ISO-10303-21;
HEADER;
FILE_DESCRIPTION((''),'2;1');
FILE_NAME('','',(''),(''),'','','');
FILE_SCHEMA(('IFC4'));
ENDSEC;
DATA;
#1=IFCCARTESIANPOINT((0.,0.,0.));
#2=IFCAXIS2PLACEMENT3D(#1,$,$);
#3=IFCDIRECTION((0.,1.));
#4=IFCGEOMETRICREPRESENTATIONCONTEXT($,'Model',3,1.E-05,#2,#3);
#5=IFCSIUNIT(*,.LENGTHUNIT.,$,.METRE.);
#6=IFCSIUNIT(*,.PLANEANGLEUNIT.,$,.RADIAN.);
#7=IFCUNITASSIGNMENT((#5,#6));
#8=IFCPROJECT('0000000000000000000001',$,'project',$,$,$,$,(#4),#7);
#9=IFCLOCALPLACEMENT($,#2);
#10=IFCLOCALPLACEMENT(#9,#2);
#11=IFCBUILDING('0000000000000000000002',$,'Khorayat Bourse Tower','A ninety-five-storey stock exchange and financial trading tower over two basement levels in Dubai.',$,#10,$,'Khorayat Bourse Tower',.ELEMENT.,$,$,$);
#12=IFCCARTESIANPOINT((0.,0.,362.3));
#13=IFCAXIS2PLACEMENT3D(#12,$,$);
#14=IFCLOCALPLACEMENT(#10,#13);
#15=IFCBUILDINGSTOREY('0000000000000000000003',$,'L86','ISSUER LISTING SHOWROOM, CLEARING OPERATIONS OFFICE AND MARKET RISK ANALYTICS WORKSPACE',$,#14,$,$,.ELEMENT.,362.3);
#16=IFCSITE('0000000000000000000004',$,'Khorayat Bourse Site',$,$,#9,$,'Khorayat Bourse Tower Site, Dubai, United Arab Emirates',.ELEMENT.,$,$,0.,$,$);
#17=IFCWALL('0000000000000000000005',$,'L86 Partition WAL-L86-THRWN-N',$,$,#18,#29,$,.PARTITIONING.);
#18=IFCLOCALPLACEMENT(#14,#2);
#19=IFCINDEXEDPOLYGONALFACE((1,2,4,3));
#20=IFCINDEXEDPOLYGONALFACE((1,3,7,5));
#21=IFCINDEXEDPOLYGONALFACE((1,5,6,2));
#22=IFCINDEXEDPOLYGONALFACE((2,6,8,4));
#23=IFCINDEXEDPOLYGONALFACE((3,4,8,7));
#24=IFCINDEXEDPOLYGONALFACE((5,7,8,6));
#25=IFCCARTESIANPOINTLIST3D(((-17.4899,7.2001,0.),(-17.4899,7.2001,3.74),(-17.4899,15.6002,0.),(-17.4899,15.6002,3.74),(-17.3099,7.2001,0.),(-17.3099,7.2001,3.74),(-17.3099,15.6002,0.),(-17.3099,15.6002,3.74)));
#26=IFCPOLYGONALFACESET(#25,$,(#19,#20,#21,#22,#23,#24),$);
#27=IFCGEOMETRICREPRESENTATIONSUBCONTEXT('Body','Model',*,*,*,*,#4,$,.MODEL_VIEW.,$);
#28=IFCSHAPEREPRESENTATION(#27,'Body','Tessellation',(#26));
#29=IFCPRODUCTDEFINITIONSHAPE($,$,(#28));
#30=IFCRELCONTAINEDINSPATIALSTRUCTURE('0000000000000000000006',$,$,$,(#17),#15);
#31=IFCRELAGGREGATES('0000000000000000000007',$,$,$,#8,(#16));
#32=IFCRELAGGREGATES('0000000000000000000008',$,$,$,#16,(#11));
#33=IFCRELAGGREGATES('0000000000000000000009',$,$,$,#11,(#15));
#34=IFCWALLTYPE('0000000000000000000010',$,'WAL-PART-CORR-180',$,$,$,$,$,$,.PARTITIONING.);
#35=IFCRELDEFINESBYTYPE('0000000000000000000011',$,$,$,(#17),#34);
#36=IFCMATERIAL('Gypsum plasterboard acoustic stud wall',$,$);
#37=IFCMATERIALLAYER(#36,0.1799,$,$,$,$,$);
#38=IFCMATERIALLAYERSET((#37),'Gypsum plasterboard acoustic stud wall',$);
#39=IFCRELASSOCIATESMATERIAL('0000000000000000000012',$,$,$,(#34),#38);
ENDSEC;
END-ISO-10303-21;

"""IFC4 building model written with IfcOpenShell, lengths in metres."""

from ifc_helpers import new_model, si_unit, direction, frame, frame_2d, origin, place, context, subcontext, project, spatial, rectangle, extrude, source, transform, mapped, material, layer, layer_set, type_object, element, save


model = new_model("IFC4")

# Units and contexts
model_context = context("Model", 3, precision=1e-05, world=origin(), true_north=direction((0.0, 1.0)))
body_context = subcontext(model_context, "Body", "Model", "MODEL_VIEW")
ifc_project = project(units=[si_unit("LENGTHUNIT", "METRE"), si_unit("PLANEANGLEUNIT", "RADIAN")], contexts=[model_context])

# Site, building, storey
site_placement = place(None, origin())
site = spatial("IfcSite", under=ifc_project, at=site_placement, Name="Khorayat Bourse Site", LongName="Khorayat Bourse Tower Site, Dubai, United Arab Emirates", CompositionType="ELEMENT", RefElevation=0.0)
building_placement = place(site_placement, origin())
building = spatial("IfcBuilding", under=site, at=building_placement, Name="Khorayat Bourse Tower", Description="A ninety-five-storey stock exchange and financial trading tower over two basement levels in Dubai.", LongName="Khorayat Bourse Tower", CompositionType="ELEMENT")
storey_placement = place(building_placement, frame((0.0, 0.0, 362.3)))
storey = spatial("IfcBuildingStorey", under=building, at=storey_placement, Name="L86", Description="ISSUER LISTING SHOWROOM, CLEARING OPERATIONS OFFICE AND MARKET RISK ANALYTICS WORKSPACE", CompositionType="ELEMENT", Elevation=362.3)

# Wall
ifc_material_1 = material(Name="Gypsum plasterboard acoustic stud wall")
ifc_layer_1 = layer(ifc_material_1, 0.1799)
ifc_layer_set_1 = layer_set([ifc_layer_1], Name="Gypsum plasterboard acoustic stud wall")
wall_type_1 = type_object("IfcWallType", Name="WAL-PART-CORR-180", PredefinedType="PARTITIONING", material=ifc_layer_set_1)
shared_shape_1 = source(origin(), body_context, "Body", "SweptSolid", [
    extrude(rectangle(XDim=8.4001, YDim=0.1799, at=frame_2d((4.2002, 0.0))), origin(), (0.0, 0.0, 1.0), 3.74),
])
wall_1_placement = place(storey_placement, frame((-17.3999, 7.2, 0.0), z_axis=(0.0, 0.0, 1.0), x_axis=(0.0, 1.0, 0.0)))
element("IfcWall", 1, at=wall_1_placement, inside=storey, type_object=wall_type_1, Name="L86 Partition WAL-L86-THRWN-N", PredefinedType="PARTITIONING", context=body_context, shape_type="MappedRepresentation", body=[
    mapped(shared_shape_1, transform((0.0, 0.0, 0.0), scale=1.0)),
])

save(model, "model.ifc")
